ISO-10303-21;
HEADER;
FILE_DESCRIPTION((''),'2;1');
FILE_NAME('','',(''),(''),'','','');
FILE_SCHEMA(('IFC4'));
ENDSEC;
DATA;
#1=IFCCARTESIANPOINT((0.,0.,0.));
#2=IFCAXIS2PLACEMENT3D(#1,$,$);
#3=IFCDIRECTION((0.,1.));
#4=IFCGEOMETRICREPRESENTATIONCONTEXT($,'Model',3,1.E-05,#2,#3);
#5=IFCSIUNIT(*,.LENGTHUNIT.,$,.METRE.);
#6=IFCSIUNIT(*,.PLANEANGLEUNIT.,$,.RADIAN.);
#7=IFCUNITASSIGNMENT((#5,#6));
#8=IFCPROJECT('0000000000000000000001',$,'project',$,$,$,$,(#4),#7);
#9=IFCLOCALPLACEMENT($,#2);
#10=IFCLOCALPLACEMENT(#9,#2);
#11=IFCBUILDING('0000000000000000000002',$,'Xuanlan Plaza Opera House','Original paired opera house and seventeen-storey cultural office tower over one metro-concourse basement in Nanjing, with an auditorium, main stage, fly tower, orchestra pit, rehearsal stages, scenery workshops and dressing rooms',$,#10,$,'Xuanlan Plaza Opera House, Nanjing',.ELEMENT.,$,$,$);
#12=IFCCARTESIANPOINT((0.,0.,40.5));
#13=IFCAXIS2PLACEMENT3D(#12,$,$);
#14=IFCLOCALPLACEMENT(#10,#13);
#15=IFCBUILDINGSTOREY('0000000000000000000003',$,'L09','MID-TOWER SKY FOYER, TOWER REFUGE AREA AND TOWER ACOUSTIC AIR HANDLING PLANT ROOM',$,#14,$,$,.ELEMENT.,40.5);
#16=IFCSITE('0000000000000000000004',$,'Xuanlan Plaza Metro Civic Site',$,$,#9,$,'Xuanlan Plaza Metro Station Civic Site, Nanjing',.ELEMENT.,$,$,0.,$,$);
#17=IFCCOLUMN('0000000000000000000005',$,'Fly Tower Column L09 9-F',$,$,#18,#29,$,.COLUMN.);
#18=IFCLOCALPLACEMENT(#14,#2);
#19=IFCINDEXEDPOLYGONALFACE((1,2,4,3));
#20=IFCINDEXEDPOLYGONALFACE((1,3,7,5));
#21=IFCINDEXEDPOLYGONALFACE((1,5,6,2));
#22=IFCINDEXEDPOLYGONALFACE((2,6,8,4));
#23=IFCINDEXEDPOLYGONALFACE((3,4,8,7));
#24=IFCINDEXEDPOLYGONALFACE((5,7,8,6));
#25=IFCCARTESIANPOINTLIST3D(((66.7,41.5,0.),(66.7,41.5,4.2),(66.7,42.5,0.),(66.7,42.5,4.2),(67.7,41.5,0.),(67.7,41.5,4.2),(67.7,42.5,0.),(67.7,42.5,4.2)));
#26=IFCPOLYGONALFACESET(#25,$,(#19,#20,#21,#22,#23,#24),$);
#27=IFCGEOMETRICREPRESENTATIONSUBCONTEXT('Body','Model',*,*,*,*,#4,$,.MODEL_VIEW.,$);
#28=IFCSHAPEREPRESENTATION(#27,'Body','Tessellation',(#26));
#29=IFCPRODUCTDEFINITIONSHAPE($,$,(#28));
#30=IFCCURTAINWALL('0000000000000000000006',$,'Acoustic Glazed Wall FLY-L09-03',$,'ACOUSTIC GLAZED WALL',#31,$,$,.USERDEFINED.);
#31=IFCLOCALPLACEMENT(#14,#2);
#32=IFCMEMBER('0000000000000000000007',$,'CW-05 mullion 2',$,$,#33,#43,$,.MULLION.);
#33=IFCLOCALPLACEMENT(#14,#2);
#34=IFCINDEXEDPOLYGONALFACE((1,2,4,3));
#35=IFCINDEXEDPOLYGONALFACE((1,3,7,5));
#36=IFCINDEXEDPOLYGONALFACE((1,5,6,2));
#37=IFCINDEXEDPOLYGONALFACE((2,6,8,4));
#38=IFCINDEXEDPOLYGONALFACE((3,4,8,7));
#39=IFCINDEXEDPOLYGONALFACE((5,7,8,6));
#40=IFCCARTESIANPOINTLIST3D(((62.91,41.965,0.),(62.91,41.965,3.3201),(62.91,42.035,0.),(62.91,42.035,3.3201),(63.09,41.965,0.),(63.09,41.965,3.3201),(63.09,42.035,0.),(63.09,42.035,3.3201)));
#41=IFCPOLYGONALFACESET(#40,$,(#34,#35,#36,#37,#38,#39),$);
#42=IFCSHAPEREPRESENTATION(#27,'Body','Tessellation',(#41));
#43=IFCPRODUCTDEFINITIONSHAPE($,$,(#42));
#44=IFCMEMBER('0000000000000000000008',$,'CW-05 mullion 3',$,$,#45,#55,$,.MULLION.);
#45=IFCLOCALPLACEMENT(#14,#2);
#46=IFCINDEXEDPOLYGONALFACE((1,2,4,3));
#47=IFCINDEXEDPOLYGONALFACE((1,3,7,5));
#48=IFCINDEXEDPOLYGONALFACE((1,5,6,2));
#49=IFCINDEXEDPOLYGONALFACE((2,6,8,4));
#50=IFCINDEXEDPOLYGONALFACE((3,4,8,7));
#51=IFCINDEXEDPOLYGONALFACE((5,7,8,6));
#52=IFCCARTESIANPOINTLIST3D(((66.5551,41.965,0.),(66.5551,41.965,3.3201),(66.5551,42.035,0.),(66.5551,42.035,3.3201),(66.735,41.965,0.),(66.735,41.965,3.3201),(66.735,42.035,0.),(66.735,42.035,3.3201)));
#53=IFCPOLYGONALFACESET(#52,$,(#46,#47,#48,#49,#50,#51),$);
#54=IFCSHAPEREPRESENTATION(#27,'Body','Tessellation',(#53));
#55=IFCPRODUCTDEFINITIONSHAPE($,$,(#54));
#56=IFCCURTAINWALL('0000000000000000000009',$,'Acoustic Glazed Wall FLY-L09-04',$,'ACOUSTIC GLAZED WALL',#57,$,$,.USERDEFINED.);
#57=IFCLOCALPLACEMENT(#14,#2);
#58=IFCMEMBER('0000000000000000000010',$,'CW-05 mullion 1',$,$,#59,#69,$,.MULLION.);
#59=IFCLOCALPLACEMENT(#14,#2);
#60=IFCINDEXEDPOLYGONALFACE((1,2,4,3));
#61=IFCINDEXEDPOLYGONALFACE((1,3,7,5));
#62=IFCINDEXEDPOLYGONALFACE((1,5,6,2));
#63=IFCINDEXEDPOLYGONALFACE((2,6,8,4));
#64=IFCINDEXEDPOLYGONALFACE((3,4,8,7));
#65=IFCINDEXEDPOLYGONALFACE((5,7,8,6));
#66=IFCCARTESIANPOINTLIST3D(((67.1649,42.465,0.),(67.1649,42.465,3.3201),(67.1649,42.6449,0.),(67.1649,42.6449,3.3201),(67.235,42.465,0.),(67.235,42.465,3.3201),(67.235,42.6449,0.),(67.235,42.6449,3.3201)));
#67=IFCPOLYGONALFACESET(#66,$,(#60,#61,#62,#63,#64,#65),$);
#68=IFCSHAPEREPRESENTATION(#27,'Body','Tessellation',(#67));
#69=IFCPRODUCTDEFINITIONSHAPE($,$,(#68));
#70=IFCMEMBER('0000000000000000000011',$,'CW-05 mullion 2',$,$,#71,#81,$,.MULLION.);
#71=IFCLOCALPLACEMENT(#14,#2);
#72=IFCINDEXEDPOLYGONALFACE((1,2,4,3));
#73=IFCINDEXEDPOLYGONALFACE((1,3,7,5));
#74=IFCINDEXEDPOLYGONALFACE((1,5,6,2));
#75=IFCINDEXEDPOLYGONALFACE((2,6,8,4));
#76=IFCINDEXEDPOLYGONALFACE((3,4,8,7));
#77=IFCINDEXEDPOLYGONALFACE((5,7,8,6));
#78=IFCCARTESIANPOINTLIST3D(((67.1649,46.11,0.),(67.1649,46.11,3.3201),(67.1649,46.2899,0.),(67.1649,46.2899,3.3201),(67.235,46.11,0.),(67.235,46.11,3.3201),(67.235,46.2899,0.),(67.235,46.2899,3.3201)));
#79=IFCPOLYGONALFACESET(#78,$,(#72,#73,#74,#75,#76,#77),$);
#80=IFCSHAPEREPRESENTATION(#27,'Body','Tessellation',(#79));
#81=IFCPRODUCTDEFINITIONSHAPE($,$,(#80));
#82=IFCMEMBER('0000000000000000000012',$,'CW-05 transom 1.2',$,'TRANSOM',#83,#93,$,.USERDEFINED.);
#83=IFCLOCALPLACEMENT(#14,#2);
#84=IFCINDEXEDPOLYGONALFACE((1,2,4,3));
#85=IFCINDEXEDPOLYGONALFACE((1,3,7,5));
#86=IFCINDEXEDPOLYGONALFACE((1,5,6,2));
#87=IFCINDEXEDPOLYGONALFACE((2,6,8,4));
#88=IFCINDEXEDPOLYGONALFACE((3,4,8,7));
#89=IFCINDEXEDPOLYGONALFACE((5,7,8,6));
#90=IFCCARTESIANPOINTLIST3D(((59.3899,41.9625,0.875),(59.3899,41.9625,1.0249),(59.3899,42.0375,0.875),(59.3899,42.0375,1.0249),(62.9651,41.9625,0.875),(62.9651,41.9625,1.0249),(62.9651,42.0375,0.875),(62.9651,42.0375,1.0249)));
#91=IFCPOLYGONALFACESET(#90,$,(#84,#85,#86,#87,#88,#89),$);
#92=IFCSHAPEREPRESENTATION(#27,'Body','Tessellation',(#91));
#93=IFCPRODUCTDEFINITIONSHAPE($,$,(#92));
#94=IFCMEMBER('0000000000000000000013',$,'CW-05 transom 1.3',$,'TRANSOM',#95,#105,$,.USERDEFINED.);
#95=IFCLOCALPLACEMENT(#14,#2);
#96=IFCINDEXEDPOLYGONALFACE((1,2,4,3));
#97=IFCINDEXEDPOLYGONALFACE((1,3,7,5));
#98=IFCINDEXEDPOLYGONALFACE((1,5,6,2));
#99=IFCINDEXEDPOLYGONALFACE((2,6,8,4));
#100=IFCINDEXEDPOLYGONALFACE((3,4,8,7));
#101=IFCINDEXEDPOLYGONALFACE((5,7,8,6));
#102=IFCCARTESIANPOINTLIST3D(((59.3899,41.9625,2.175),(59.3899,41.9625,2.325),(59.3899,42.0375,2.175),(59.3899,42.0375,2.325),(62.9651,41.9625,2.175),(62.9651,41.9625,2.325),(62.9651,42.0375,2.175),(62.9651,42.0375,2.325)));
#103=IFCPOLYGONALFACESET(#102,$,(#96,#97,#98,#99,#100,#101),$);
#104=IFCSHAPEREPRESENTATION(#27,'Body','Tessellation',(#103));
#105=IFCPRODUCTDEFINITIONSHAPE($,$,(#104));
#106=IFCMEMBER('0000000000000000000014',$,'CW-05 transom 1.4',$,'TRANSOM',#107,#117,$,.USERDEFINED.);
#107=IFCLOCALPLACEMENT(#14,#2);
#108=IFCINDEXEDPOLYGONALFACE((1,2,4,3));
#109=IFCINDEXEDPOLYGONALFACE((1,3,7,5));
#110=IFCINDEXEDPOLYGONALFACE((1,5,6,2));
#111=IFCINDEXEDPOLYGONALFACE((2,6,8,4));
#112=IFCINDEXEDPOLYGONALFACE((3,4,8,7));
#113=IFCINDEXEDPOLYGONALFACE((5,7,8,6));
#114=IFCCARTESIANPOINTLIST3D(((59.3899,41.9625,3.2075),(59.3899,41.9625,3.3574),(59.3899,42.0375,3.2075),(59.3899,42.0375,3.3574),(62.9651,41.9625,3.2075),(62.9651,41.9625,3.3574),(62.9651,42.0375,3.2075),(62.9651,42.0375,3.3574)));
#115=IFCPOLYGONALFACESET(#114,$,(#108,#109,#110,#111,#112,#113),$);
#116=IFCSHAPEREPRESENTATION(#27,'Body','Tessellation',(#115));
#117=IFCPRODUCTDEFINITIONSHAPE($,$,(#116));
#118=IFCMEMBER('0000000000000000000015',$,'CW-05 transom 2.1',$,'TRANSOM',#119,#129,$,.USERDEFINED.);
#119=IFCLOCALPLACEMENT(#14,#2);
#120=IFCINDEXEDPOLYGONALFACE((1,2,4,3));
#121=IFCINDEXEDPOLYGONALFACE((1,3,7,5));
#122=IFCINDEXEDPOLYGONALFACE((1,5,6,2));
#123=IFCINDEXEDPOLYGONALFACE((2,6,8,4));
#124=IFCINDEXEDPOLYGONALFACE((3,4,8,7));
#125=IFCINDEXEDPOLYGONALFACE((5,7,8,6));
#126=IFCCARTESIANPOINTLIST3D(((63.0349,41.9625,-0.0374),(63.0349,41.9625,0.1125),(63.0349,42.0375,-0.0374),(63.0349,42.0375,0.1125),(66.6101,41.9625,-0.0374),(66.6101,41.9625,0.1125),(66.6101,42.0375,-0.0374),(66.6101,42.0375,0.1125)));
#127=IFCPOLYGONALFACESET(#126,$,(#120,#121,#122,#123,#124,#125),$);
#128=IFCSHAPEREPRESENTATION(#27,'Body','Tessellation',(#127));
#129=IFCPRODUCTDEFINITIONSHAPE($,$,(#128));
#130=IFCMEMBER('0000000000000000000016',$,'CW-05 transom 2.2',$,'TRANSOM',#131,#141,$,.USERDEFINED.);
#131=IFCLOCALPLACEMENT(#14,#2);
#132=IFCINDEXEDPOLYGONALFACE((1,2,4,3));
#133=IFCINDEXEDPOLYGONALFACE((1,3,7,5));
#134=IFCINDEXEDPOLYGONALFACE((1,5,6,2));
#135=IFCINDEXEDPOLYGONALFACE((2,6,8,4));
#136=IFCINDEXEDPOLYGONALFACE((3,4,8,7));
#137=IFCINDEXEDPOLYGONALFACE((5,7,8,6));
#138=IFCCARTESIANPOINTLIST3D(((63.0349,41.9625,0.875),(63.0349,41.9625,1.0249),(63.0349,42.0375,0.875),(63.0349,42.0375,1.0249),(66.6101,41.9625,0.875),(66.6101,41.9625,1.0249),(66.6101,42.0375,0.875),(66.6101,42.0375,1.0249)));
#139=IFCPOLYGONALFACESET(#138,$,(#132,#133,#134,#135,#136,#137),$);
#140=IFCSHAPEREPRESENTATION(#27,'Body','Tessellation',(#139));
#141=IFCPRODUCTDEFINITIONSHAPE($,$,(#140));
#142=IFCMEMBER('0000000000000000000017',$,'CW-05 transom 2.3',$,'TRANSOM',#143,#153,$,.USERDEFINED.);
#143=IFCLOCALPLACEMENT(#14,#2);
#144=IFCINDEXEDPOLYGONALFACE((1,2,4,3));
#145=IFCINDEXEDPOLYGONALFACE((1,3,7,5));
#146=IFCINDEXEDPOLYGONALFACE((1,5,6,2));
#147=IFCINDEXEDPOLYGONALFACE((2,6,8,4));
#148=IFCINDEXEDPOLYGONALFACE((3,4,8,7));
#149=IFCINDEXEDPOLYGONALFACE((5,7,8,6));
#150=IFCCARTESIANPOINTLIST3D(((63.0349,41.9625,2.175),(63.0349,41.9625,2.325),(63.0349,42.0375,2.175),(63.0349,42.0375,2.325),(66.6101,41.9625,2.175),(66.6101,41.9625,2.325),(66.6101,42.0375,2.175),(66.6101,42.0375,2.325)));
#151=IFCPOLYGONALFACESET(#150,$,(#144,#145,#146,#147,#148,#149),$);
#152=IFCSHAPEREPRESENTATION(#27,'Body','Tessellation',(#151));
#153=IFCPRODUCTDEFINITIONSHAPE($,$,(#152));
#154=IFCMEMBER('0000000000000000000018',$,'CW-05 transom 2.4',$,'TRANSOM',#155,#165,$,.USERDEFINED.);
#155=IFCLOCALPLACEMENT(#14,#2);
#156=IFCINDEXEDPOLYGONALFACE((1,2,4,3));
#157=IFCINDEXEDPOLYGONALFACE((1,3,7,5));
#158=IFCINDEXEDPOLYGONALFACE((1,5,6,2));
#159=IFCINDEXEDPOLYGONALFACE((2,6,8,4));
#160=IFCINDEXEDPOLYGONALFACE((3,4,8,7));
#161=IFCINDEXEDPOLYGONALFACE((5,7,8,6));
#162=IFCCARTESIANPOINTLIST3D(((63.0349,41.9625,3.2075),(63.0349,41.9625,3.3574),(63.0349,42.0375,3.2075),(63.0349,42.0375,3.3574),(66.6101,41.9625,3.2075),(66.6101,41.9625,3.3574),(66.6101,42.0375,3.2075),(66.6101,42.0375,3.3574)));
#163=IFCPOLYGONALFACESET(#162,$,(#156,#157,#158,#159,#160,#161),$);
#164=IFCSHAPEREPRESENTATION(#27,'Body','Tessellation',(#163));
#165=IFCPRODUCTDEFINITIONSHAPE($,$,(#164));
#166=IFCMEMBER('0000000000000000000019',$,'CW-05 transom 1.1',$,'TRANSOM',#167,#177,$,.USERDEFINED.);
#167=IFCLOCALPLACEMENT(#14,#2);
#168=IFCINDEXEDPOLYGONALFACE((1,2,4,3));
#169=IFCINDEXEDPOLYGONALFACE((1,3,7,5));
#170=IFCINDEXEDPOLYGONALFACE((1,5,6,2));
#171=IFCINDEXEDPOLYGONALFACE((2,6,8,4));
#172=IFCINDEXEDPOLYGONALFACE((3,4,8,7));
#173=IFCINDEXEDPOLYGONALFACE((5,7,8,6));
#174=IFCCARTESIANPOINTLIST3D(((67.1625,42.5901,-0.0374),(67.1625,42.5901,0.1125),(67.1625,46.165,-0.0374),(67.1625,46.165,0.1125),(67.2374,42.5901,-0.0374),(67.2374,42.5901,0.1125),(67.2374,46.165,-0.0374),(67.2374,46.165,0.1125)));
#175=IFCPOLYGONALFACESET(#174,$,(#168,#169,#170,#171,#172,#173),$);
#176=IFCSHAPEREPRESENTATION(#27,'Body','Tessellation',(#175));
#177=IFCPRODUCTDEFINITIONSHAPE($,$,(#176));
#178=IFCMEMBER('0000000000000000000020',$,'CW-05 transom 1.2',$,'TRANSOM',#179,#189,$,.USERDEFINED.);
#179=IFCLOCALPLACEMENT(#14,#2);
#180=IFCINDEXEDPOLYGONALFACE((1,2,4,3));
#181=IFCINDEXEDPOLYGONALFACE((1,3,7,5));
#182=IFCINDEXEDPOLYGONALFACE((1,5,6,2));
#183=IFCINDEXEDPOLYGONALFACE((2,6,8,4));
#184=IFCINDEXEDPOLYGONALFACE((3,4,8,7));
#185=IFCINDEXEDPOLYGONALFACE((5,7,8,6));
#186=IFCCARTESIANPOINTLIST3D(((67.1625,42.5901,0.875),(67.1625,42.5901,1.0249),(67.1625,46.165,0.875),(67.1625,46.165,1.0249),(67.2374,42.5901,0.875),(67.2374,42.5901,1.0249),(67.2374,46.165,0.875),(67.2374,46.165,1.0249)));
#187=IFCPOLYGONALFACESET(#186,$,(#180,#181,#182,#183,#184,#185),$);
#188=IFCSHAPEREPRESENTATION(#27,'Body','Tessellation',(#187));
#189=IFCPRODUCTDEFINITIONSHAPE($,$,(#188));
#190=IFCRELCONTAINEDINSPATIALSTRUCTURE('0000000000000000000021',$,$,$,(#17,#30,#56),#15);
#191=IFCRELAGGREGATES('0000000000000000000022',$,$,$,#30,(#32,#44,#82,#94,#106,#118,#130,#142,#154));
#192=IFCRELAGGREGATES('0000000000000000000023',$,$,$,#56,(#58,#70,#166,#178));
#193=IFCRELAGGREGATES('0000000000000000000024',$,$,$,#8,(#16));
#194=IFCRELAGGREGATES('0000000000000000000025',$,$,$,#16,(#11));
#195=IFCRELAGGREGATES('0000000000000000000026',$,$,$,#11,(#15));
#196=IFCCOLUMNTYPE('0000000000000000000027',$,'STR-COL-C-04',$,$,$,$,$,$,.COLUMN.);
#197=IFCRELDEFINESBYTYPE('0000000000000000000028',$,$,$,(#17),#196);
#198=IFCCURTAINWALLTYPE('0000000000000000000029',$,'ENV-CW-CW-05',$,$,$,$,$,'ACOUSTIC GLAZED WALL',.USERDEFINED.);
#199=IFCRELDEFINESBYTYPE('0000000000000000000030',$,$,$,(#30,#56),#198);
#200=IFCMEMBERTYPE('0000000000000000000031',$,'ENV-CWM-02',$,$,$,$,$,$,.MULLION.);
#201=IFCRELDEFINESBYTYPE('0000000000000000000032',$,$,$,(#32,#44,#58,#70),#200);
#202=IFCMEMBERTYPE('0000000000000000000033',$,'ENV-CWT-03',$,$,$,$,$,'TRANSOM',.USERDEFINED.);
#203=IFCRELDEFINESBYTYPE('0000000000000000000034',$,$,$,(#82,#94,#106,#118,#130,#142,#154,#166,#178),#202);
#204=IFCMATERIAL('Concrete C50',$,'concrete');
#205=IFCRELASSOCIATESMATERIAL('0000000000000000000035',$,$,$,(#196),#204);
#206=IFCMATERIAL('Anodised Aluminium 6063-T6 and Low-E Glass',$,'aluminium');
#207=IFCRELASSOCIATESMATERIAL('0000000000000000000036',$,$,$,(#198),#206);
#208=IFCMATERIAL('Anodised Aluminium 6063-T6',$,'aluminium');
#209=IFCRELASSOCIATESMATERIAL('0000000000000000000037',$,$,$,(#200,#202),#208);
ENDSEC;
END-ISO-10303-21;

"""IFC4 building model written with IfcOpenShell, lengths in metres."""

from ifc_helpers import new_model, si_unit, direction, frame, origin, origin_2d, place, context, subcontext, project, spatial, rectangle, extrude, material, material_profile, profile_set, type_object, element, aggregate, save


model = new_model("IFC4")

# Units and contexts
model_context = context("Model", 3, precision=1e-05, world=origin(), true_north=direction((0.0, 1.0)))
body_context = subcontext(model_context, "Body", "Model", "MODEL_VIEW")
ifc_project = project(units=[si_unit("LENGTHUNIT", "METRE"), si_unit("PLANEANGLEUNIT", "RADIAN")], contexts=[model_context])

# Site, building, storey
site_placement = place(None, origin())
site = spatial("IfcSite", under=ifc_project, at=site_placement, Name="Xuanlan Plaza Metro Civic Site", LongName="Xuanlan Plaza Metro Station Civic Site, Nanjing", CompositionType="ELEMENT", RefElevation=0.0)
building_placement = place(site_placement, origin())
building = spatial("IfcBuilding", under=site, at=building_placement, Name="Xuanlan Plaza Opera House", Description="Original paired opera house and seventeen-storey cultural office tower over one metro-concourse basement in Nanjing, with an auditorium, main stage, fly tower, orchestra pit, rehearsal stages, scenery workshops and dressing rooms", LongName="Xuanlan Plaza Opera House, Nanjing", CompositionType="ELEMENT")
storey_placement = place(building_placement, frame((0.0, 0.0, 40.5)))
storey = spatial("IfcBuildingStorey", under=building, at=storey_placement, Name="L09", Description="MID-TOWER SKY FOYER, TOWER REFUGE AREA AND TOWER ACOUSTIC AIR HANDLING PLANT ROOM", CompositionType="ELEMENT", Elevation=40.5)

# Column
ifc_material_1 = material(Name="Concrete C50", Category="concrete")
ifc_material_profile_1 = material_profile(ifc_material_1, rectangle(XDim=1.0, YDim=1.0, at=origin_2d()), Name="RC-COL 1000x1000")
ifc_profile_set_1 = profile_set([ifc_material_profile_1], Name="Concrete C50")
column_type = type_object("IfcColumnType", Name="STR-COL-C-04", PredefinedType="COLUMN", material=ifc_profile_set_1)
column_placement = place(storey_placement, frame((67.2, 42.0, 0.0), z_axis=(0.0, 0.0, 1.0), x_axis=(1.0, 0.0, 0.0)))
element("IfcColumn", 1, at=column_placement, inside=storey, type_object=column_type, Name="Fly Tower Column L09 9-F", PredefinedType="COLUMN", context=body_context, shape_type="SweptSolid", body=[
    extrude(rectangle(XDim=1.0, YDim=1.0, at=origin_2d()), origin(), (0.0, 0.0, 1.0), 4.2),
])

# Curtain walls, members
ifc_material_2 = material(Name="Anodised Aluminium 6063-T6 and Low-E Glass", Category="aluminium")
curtain_wall_type = type_object("IfcCurtainWallType", Name="ENV-CW-CW-05", ElementType="ACOUSTIC GLAZED WALL", PredefinedType="USERDEFINED", material=ifc_material_2)
curtain_wall_1_placement = place(storey_placement, origin())
curtain_wall_1 = element("IfcCurtainWall", 2, at=curtain_wall_1_placement, inside=storey, type_object=curtain_wall_type, Name="Acoustic Glazed Wall FLY-L09-03", ObjectType="ACOUSTIC GLAZED WALL", PredefinedType="USERDEFINED")
ifc_material_3 = material(Name="Anodised Aluminium 6063-T6", Category="aluminium")
ifc_material_profile_2 = material_profile(ifc_material_3, rectangle(XDim=0.0701, YDim=0.1799, at=origin_2d()), Name="ALU-M 70x180")
ifc_profile_set_2 = profile_set([ifc_material_profile_2], Name="Anodised Aluminium 6063-T6")
member_type_1 = type_object("IfcMemberType", Name="ENV-CWM-02", PredefinedType="MULLION", material=ifc_profile_set_2)
member_1_placement = place(storey_placement, frame((63.0, 42.0, 0.0), z_axis=(0.0, 0.0, 1.0), x_axis=(0.0, 1.0, 0.0)))
member_1 = element("IfcMember", 3, at=member_1_placement, type_object=member_type_1, Name="CW-05 mullion 2", PredefinedType="MULLION", context=body_context, shape_type="SweptSolid", body=[
    extrude(rectangle(XDim=0.0701, YDim=0.1799, at=origin_2d()), origin(), (0.0, 0.0, 1.0), 3.3201),
])
member_2_placement = place(storey_placement, frame((66.645, 42.0, 0.0), z_axis=(0.0, 0.0, 1.0), x_axis=(0.0, 1.0, 0.0)))
member_2 = element("IfcMember", 4, at=member_2_placement, type_object=member_type_1, Name="CW-05 mullion 3", PredefinedType="MULLION", context=body_context, shape_type="SweptSolid", body=[
    extrude(rectangle(XDim=0.0701, YDim=0.1799, at=origin_2d()), origin(), (0.0, 0.0, 1.0), 3.3201),
])
curtain_wall_2_placement = place(storey_placement, origin())
curtain_wall_2 = element("IfcCurtainWall", 5, at=curtain_wall_2_placement, inside=storey, type_object=curtain_wall_type, Name="Acoustic Glazed Wall FLY-L09-04", ObjectType="ACOUSTIC GLAZED WALL", PredefinedType="USERDEFINED")
member_3_placement = place(storey_placement, frame((67.2, 42.5549, 0.0), z_axis=(0.0, 0.0, 1.0), x_axis=(-1.0, 0.0, 0.0)))
member_3 = element("IfcMember", 6, at=member_3_placement, type_object=member_type_1, Name="CW-05 mullion 1", PredefinedType="MULLION", context=body_context, shape_type="SweptSolid", body=[
    extrude(rectangle(XDim=0.0701, YDim=0.1799, at=origin_2d()), origin(), (0.0, 0.0, 1.0), 3.3201),
])
member_4_placement = place(storey_placement, frame((67.2, 46.2, 0.0), z_axis=(0.0, 0.0, 1.0), x_axis=(-1.0, 0.0, 0.0)))
member_4 = element("IfcMember", 7, at=member_4_placement, type_object=member_type_1, Name="CW-05 mullion 2", PredefinedType="MULLION", context=body_context, shape_type="SweptSolid", body=[
    extrude(rectangle(XDim=0.0701, YDim=0.1799, at=origin_2d()), origin(), (0.0, 0.0, 1.0), 3.3201),
])

# Members
ifc_material_profile_3 = material_profile(ifc_material_3, rectangle(XDim=0.075, YDim=0.1499, at=origin_2d()), Name="ALU-T 75x150")
ifc_profile_set_3 = profile_set([ifc_material_profile_3], Name="Anodised Aluminium 6063-T6")
member_type_2 = type_object("IfcMemberType", Name="ENV-CWT-03", ElementType="TRANSOM", PredefinedType="USERDEFINED", material=ifc_profile_set_3)
member_5_placement = place(storey_placement, frame((59.3899, 42.0, 0.95), z_axis=(1.0, 0.0, 0.0), x_axis=(0.0, 1.0, 0.0)))
member_5 = element("IfcMember", 8, at=member_5_placement, type_object=member_type_2, Name="CW-05 transom 1.2", ObjectType="TRANSOM", PredefinedType="USERDEFINED", context=body_context, shape_type="SweptSolid", body=[
    extrude(rectangle(XDim=0.075, YDim=0.1499, at=origin_2d()), origin(), (0.0, 0.0, 1.0), 3.5752),
])
member_6_placement = place(storey_placement, frame((59.3899, 42.0, 2.25), z_axis=(1.0, 0.0, 0.0), x_axis=(0.0, 1.0, 0.0)))
member_6 = element("IfcMember", 9, at=member_6_placement, type_object=member_type_2, Name="CW-05 transom 1.3", ObjectType="TRANSOM", PredefinedType="USERDEFINED", context=body_context, shape_type="SweptSolid", body=[
    extrude(rectangle(XDim=0.075, YDim=0.1499, at=origin_2d()), origin(), (0.0, 0.0, 1.0), 3.5752),
])
member_7_placement = place(storey_placement, frame((59.3899, 42.0, 3.2825), z_axis=(1.0, 0.0, 0.0), x_axis=(0.0, 1.0, 0.0)))
member_7 = element("IfcMember", 10, at=member_7_placement, type_object=member_type_2, Name="CW-05 transom 1.4", ObjectType="TRANSOM", PredefinedType="USERDEFINED", context=body_context, shape_type="SweptSolid", body=[
    extrude(rectangle(XDim=0.075, YDim=0.1499, at=origin_2d()), origin(), (0.0, 0.0, 1.0), 3.5752),
])
member_8_placement = place(storey_placement, frame((63.0349, 42.0, 0.0376), z_axis=(1.0, 0.0, 0.0), x_axis=(0.0, 1.0, 0.0)))
member_8 = element("IfcMember", 11, at=member_8_placement, type_object=member_type_2, Name="CW-05 transom 2.1", ObjectType="TRANSOM", PredefinedType="USERDEFINED", context=body_context, shape_type="SweptSolid", body=[
    extrude(rectangle(XDim=0.075, YDim=0.1499, at=origin_2d()), origin(), (0.0, 0.0, 1.0), 3.5752),
])
member_9_placement = place(storey_placement, frame((63.0349, 42.0, 0.95), z_axis=(1.0, 0.0, 0.0), x_axis=(0.0, 1.0, 0.0)))
member_9 = element("IfcMember", 12, at=member_9_placement, type_object=member_type_2, Name="CW-05 transom 2.2", ObjectType="TRANSOM", PredefinedType="USERDEFINED", context=body_context, shape_type="SweptSolid", body=[
    extrude(rectangle(XDim=0.075, YDim=0.1499, at=origin_2d()), origin(), (0.0, 0.0, 1.0), 3.5752),
])
member_10_placement = place(storey_placement, frame((63.0349, 42.0, 2.25), z_axis=(1.0, 0.0, 0.0), x_axis=(0.0, 1.0, 0.0)))
member_10 = element("IfcMember", 13, at=member_10_placement, type_object=member_type_2, Name="CW-05 transom 2.3", ObjectType="TRANSOM", PredefinedType="USERDEFINED", context=body_context, shape_type="SweptSolid", body=[
    extrude(rectangle(XDim=0.075, YDim=0.1499, at=origin_2d()), origin(), (0.0, 0.0, 1.0), 3.5752),
])
member_11_placement = place(storey_placement, frame((63.0349, 42.0, 3.2825), z_axis=(1.0, 0.0, 0.0), x_axis=(0.0, 1.0, 0.0)))
member_11 = element("IfcMember", 14, at=member_11_placement, type_object=member_type_2, Name="CW-05 transom 2.4", ObjectType="TRANSOM", PredefinedType="USERDEFINED", context=body_context, shape_type="SweptSolid", body=[
    extrude(rectangle(XDim=0.075, YDim=0.1499, at=origin_2d()), origin(), (0.0, 0.0, 1.0), 3.5752),
])
member_12_placement = place(storey_placement, frame((67.2, 42.5901, 0.0376), z_axis=(0.0, 1.0, 0.0), x_axis=(-1.0, 0.0, 0.0)))
member_12 = element("IfcMember", 15, at=member_12_placement, type_object=member_type_2, Name="CW-05 transom 1.1", ObjectType="TRANSOM", PredefinedType="USERDEFINED", context=body_context, shape_type="SweptSolid", body=[
    extrude(rectangle(XDim=0.075, YDim=0.1499, at=origin_2d()), origin(), (0.0, 0.0, 1.0), 3.575),
])
member_13_placement = place(storey_placement, frame((67.2, 42.5901, 0.95), z_axis=(0.0, 1.0, 0.0), x_axis=(-1.0, 0.0, 0.0)))
member_13 = element("IfcMember", 16, at=member_13_placement, type_object=member_type_2, Name="CW-05 transom 1.2", ObjectType="TRANSOM", PredefinedType="USERDEFINED", context=body_context, shape_type="SweptSolid", body=[
    extrude(rectangle(XDim=0.075, YDim=0.1499, at=origin_2d()), origin(), (0.0, 0.0, 1.0), 3.575),
])

aggregate(curtain_wall_1, [member_1, member_2, member_5, member_6, member_7, member_8, member_9, member_10, member_11])
aggregate(curtain_wall_2, [member_3, member_4, member_12, member_13])

save(model, "model.ifc")
